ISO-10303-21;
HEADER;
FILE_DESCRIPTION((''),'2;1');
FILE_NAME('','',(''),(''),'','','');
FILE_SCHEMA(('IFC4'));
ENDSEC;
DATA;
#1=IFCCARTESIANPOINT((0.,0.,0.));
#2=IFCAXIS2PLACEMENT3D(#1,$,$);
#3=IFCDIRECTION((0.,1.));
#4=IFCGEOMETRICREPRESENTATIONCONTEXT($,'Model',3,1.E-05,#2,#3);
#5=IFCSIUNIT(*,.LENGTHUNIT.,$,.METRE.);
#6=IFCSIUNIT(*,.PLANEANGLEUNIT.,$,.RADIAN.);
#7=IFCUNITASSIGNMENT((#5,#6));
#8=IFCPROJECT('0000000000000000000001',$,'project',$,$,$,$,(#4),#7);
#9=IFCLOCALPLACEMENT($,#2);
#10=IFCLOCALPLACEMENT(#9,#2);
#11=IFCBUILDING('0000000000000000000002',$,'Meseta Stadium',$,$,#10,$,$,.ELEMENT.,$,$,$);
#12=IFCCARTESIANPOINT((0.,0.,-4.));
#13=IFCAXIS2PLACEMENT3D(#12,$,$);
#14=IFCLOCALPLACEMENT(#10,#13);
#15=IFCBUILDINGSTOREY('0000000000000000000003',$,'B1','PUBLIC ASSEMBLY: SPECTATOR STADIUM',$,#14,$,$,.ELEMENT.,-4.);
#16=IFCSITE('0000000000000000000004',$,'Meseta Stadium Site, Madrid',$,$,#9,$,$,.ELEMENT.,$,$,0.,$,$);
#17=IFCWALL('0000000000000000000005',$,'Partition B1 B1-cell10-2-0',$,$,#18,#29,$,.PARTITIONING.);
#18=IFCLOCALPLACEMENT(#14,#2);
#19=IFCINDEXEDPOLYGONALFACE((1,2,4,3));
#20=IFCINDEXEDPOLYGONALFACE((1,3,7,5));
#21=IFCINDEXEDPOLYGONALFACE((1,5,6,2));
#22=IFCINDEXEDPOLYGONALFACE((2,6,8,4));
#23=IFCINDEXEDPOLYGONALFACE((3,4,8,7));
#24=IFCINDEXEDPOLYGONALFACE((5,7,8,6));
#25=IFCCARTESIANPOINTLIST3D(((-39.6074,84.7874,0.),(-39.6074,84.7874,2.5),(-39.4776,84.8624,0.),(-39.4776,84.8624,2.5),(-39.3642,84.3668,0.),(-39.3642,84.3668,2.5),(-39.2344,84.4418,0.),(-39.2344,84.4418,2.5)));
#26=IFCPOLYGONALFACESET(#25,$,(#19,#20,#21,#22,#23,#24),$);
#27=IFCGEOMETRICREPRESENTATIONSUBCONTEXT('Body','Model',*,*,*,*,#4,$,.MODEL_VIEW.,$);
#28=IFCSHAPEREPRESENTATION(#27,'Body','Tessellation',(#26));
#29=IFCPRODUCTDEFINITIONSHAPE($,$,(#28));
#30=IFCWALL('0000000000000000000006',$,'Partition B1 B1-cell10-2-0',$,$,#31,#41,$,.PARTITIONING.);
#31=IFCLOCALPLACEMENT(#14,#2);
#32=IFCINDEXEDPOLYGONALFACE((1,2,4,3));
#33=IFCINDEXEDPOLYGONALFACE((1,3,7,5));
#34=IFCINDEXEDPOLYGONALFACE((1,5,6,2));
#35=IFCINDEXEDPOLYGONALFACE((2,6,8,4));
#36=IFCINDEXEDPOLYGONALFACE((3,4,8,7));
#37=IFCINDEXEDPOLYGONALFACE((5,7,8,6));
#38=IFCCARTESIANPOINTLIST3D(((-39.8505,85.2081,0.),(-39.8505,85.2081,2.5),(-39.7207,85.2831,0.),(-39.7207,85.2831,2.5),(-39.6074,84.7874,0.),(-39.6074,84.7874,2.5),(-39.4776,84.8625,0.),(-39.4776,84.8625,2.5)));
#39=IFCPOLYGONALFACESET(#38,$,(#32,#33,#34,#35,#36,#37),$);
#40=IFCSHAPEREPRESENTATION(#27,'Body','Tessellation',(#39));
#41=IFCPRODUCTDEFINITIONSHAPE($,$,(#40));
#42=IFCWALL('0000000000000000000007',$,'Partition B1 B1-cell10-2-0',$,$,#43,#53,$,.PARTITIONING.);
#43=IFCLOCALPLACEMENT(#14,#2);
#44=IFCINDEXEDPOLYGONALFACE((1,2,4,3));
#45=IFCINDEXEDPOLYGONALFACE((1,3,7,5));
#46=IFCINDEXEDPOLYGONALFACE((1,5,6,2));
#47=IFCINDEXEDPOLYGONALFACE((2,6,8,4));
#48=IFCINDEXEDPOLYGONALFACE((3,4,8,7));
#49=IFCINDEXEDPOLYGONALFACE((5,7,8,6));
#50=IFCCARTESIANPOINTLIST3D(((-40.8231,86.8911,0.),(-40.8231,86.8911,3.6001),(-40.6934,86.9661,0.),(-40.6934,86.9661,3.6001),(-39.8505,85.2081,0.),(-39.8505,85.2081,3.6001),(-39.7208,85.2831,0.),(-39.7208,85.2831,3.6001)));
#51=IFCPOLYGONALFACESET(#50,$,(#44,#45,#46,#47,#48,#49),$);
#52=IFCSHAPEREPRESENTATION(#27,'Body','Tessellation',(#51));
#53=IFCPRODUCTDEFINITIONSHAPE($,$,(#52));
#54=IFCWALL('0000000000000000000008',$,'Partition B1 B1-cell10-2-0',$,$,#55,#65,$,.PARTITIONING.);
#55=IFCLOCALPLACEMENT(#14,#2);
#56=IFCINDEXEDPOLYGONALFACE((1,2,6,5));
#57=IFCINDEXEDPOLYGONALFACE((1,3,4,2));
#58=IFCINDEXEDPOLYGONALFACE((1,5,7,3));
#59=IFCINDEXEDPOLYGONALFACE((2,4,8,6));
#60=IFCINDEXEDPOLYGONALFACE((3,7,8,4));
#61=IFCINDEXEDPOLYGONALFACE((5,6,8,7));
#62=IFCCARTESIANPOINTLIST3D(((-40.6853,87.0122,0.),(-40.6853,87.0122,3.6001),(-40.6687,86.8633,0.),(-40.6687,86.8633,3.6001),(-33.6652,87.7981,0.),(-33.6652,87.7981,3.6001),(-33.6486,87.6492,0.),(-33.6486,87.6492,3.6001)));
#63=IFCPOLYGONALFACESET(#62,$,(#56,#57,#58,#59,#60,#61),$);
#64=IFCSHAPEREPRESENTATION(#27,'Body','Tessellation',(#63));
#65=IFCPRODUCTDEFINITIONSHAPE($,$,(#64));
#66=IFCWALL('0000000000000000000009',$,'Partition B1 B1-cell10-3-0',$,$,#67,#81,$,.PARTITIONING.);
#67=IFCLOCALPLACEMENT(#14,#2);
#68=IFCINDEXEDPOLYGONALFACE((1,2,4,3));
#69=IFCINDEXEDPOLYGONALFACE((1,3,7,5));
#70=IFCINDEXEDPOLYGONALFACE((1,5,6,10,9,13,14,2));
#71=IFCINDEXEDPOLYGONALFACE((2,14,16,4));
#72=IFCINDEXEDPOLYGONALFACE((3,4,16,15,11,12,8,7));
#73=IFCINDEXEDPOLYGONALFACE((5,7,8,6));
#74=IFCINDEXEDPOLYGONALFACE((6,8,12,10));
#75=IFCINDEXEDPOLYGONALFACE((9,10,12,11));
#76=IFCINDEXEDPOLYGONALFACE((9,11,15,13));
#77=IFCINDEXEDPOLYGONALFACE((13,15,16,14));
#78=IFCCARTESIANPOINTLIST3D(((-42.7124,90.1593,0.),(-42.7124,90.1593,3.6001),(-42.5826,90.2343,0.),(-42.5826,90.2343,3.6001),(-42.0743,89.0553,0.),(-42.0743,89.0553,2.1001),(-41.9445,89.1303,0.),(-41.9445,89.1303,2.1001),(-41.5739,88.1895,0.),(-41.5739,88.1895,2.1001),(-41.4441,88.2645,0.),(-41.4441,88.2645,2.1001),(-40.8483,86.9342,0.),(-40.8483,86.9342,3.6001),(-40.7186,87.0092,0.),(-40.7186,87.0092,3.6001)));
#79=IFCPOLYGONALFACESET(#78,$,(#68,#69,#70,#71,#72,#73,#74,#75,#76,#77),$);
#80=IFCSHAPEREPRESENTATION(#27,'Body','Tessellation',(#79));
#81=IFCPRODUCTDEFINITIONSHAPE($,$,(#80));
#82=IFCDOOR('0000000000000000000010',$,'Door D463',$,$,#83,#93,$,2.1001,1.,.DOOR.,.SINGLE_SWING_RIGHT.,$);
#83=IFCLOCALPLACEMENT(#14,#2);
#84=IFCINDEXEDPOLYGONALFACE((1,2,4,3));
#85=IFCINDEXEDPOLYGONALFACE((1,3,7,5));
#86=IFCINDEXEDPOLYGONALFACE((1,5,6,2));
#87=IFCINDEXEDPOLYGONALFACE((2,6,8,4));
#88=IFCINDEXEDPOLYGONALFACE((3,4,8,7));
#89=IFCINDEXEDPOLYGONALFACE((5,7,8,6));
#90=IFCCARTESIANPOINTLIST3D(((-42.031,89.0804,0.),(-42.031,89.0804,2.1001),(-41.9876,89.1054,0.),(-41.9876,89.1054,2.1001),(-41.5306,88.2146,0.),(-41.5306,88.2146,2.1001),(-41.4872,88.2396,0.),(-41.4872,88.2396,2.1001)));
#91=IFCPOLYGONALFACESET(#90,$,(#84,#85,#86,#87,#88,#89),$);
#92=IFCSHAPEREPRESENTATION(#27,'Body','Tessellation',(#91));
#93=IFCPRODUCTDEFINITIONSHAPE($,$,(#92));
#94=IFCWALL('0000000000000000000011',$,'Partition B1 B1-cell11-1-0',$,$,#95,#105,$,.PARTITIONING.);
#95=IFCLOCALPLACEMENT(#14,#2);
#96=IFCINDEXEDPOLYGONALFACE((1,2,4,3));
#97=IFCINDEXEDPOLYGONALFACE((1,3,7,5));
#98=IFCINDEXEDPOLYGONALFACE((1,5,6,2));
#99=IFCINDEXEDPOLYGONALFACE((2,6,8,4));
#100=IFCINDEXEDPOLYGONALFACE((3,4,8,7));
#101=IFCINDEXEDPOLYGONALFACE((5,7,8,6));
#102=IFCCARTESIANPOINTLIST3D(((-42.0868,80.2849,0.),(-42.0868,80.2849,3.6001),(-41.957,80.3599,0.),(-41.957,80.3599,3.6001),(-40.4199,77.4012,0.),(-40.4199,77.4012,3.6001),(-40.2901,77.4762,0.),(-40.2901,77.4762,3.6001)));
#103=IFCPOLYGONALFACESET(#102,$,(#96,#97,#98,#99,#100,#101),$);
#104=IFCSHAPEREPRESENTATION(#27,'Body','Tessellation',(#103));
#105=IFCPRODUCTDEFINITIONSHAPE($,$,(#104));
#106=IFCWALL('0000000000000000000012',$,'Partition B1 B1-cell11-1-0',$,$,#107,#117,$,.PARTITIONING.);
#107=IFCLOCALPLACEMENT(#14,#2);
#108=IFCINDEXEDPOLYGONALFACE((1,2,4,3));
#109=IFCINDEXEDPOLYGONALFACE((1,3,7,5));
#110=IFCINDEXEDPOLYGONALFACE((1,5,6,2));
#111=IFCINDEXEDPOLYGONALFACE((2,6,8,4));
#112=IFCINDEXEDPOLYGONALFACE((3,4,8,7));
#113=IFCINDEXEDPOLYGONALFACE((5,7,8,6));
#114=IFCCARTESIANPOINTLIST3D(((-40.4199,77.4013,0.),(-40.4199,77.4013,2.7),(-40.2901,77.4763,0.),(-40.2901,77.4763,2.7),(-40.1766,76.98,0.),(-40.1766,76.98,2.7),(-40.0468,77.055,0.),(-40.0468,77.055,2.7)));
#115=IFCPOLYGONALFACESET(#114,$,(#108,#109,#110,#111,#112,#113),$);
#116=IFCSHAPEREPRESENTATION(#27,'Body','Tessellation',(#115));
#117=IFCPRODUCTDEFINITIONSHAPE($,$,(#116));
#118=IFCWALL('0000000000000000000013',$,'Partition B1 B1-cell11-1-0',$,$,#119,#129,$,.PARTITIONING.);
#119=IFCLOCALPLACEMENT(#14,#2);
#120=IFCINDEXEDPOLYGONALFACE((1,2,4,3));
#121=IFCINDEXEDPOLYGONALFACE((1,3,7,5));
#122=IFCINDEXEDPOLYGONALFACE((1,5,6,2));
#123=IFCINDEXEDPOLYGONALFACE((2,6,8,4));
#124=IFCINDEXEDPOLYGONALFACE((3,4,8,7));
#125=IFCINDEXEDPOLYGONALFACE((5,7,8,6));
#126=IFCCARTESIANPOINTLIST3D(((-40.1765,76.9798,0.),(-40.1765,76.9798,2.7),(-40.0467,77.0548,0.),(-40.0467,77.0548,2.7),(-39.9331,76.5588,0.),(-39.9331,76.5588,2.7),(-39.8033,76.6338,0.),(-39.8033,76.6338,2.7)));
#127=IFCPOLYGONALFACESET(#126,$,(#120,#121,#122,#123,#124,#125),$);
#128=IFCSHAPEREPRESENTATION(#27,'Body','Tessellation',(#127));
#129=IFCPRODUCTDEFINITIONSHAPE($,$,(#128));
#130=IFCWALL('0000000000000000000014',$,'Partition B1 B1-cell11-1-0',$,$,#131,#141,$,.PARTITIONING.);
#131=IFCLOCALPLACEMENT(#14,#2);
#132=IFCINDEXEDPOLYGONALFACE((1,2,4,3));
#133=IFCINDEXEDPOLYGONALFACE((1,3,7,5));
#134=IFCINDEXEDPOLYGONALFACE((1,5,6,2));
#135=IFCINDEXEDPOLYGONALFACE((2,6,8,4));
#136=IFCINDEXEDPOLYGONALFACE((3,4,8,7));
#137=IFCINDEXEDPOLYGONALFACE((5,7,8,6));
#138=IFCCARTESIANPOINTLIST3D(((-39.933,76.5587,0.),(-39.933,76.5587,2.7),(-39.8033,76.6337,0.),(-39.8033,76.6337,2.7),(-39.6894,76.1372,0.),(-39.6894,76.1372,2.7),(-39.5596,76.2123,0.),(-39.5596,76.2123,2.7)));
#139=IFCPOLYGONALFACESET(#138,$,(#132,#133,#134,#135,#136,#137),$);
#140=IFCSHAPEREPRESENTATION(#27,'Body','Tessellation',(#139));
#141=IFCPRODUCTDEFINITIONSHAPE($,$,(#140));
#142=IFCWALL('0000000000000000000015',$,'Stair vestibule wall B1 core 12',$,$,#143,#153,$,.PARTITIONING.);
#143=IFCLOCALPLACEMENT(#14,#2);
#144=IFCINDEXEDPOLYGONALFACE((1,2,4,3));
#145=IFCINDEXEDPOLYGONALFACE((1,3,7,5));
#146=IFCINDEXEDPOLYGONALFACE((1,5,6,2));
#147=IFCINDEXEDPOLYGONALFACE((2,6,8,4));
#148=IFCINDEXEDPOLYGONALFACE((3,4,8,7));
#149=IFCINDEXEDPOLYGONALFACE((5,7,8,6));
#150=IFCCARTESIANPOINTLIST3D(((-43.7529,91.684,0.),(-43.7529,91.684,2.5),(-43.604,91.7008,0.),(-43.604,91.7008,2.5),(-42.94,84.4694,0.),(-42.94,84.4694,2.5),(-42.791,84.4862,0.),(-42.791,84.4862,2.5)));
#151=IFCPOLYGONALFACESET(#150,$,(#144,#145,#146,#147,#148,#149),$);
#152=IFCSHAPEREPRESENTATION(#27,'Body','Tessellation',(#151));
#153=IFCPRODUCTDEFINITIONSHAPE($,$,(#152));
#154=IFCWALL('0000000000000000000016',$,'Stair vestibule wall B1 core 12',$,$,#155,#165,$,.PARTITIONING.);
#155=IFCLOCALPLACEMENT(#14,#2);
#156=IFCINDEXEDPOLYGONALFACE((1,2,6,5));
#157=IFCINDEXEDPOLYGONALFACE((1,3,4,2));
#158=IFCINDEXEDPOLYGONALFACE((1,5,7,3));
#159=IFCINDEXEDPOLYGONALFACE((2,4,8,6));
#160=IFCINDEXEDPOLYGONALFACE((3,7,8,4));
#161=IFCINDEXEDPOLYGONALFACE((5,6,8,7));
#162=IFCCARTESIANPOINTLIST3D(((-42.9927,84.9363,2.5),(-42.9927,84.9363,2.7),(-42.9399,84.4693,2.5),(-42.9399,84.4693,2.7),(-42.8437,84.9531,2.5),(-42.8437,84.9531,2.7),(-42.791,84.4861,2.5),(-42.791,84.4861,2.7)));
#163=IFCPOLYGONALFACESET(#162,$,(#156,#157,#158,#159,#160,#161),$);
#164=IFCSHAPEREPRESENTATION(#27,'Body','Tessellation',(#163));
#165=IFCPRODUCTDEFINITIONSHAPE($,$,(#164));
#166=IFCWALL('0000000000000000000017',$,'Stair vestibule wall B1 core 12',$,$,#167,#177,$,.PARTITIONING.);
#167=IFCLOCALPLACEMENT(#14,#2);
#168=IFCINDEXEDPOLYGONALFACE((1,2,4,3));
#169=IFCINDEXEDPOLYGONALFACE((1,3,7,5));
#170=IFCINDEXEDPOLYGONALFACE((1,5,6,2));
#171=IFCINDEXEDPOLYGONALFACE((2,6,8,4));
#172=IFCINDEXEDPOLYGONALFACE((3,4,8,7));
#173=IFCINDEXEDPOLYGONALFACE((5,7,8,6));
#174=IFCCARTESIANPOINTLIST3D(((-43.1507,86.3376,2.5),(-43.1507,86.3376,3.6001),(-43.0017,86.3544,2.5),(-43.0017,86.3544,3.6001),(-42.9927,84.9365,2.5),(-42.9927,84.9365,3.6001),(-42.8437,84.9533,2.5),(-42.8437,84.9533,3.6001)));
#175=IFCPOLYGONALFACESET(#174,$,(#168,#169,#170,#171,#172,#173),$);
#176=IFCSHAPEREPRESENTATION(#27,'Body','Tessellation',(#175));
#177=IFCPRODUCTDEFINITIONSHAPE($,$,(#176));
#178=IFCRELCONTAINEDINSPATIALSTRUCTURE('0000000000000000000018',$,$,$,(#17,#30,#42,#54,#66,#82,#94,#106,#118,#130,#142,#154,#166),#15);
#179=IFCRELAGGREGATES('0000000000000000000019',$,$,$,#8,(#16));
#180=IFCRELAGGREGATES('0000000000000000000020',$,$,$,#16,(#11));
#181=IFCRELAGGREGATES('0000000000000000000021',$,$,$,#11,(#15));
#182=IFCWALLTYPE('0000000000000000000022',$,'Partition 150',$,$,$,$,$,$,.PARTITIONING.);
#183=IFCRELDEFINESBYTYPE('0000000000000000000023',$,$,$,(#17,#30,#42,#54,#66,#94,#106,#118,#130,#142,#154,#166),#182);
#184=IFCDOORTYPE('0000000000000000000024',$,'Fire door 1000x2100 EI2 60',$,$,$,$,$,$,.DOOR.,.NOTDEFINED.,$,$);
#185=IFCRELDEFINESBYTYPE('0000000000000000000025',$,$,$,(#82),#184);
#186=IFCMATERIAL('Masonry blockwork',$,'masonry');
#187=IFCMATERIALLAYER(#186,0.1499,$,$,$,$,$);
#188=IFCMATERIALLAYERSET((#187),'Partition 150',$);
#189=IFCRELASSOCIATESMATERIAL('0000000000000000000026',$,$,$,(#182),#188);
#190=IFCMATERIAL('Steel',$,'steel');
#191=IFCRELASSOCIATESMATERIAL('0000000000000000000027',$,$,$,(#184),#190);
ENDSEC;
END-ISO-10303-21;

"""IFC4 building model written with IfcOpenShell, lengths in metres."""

from ifc_helpers import new_model, si_unit, direction, frame, frame_2d, origin, place, context, subcontext, project, spatial, rectangle, extrude, material, layer, layer_set, type_object, element, fill, save


model = new_model("IFC4")

# Units and contexts
model_context = context("Model", 3, precision=1e-05, world=origin(), true_north=direction((0.0, 1.0)))
body_context = subcontext(model_context, "Body", "Model", "MODEL_VIEW")
ifc_project = project(units=[si_unit("LENGTHUNIT", "METRE"), si_unit("PLANEANGLEUNIT", "RADIAN")], contexts=[model_context])

# Site, building, storey
site_placement = place(None, origin())
site = spatial("IfcSite", under=ifc_project, at=site_placement, Name="Meseta Stadium Site, Madrid", CompositionType="ELEMENT", RefElevation=0.0)
building_placement = place(site_placement, origin())
building = spatial("IfcBuilding", under=site, at=building_placement, Name="Meseta Stadium", CompositionType="ELEMENT")
storey_placement = place(building_placement, frame((0.0, 0.0, -4.0)))
storey = spatial("IfcBuildingStorey", under=building, at=storey_placement, Name="B1", Description="PUBLIC ASSEMBLY: SPECTATOR STADIUM", CompositionType="ELEMENT", Elevation=-4.0)

# Walls
ifc_material_1 = material(Name="Masonry blockwork", Category="masonry")
ifc_layer = layer(ifc_material_1, 0.1499)
ifc_layer_set = layer_set([ifc_layer], Name="Partition 150")
wall_type = type_object("IfcWallType", Name="Partition 150", PredefinedType="PARTITIONING", material=ifc_layer_set)
for number, where, z_axis, x_axis, name in (
    (1, (-39.2993, 84.4043, 0.0), (0.0, 0.0, 1.0), (-0.500462, 0.865759, 0.0), "Partition B1 B1-cell10-2-0"),
    (2, (-39.5425, 84.825, 0.0), (0.0, 0.0, 1.0), (-0.500462, 0.865759, 0.0), "Partition B1 B1-cell10-2-0"),
):
    element("IfcWall", number, at=place(storey_placement, frame(where, z_axis=z_axis, x_axis=x_axis)), inside=storey, type_object=wall_type, Name=name, PredefinedType="PARTITIONING", context=body_context, shape_type="SweptSolid", body=[
        extrude(rectangle(XDim=0.4858, YDim=0.1499, at=frame_2d((0.2429, 0.0))), origin(), (0.0, 0.0, 1.0), 2.5),
    ])
wall_1_placement = place(storey_placement, frame((-39.7856, 85.2456, 0.0), z_axis=(0.0, 0.0, 1.0), x_axis=(-0.500353, 0.865822, 0.0)))
element("IfcWall", 3, at=wall_1_placement, inside=storey, type_object=wall_type, Name="Partition B1 B1-cell10-2-0", PredefinedType="PARTITIONING", context=body_context, shape_type="SweptSolid", body=[
    extrude(rectangle(XDim=1.9438, YDim=0.1499, at=frame_2d((0.9719, 0.0))), origin(), (0.0, 0.0, 1.0), 3.6001),
])
wall_2_placement = place(storey_placement, frame((-40.677, 86.9377, 0.0), z_axis=(0.0, 0.0, 1.0), x_axis=(0.993792, 0.111255, 0.0)))
element("IfcWall", 4, at=wall_2_placement, inside=storey, type_object=wall_type, Name="Partition B1 B1-cell10-2-0", PredefinedType="PARTITIONING", context=body_context, shape_type="SweptSolid", body=[
    extrude(rectangle(XDim=7.064, YDim=0.1499, at=frame_2d((3.532, 0.0))), origin(), (0.0, 0.0, 1.0), 3.6001),
])

# Wall, opening, door
wall_3_placement = place(storey_placement, frame((-40.7834, 86.9717, 0.0), z_axis=(0.0, 0.0, 1.0), x_axis=(-0.500403, 0.865793, 0.0)))
wall_3 = element("IfcWall", 5, at=wall_3_placement, inside=storey, type_object=wall_type, Name="Partition B1 B1-cell10-3-0", PredefinedType="PARTITIONING", context=body_context, shape_type="SweptSolid", body=[
    extrude(rectangle(XDim=3.7251, YDim=0.1499, at=frame_2d((1.8625, 0.0))), origin(), (0.0, 0.0, 1.0), 3.6001),
])
opening_placement = place(wall_3_placement, frame((1.45, 0.0, 0.0)))
opening = element("IfcOpeningElement", 6, at=opening_placement, cuts=wall_3, PredefinedType="OPENING", context=body_context, shape_type="SweptSolid", body=[
    extrude(rectangle(XDim=1.0, YDim=2.1001, at=frame_2d((0.5, 1.05))), frame((0.0, 0.085, 0.0), z_axis=(0.0, -1.0, 0.0), x_axis=(1.0, 0.0, 0.0)), (0.0, 0.0, 1.0), 0.1699),
])
ifc_material_2 = material(Name="Steel", Category="steel")
door_type = type_object("IfcDoorType", Name="Fire door 1000x2100 EI2 60", OperationType="NOTDEFINED", PredefinedType="DOOR", material=ifc_material_2)
door_placement = place(opening_placement, origin())
door = element("IfcDoor", 7, at=door_placement, inside=storey, type_object=door_type, Name="Door D463", OperationType="SINGLE_SWING_RIGHT", OverallHeight=2.1001, OverallWidth=1.0, PredefinedType="DOOR", context=body_context, shape_type="SweptSolid", body=[
    extrude(rectangle(XDim=1.0, YDim=2.1001, at=frame_2d((0.5, 1.05))), frame((0.0, 0.0249, 0.0), z_axis=(0.0, -1.0, 0.0), x_axis=(1.0, 0.0, 0.0)), (0.0, 0.0, 1.0), 0.05),
])
fill(opening, door)

# Walls
wall_4_placement = place(storey_placement, frame((-42.022, 80.3225, 0.0), z_axis=(0.0, 0.0, 1.0), x_axis=(0.500458, -0.865761, 0.0)))
element("IfcWall", 8, at=wall_4_placement, inside=storey, type_object=wall_type, Name="Partition B1 B1-cell11-1-0", PredefinedType="PARTITIONING", context=body_context, shape_type="SweptSolid", body=[
    extrude(rectangle(XDim=3.3308, YDim=0.1499, at=frame_2d((1.6655, 0.0))), origin(), (0.0, 0.0, 1.0), 3.6001),
])
wall_5_placement = place(storey_placement, frame((-40.355, 77.4387, 0.0), z_axis=(0.0, 0.0, 1.0), x_axis=(0.500186, -0.865918, 0.0)))
element("IfcWall", 9, at=wall_5_placement, inside=storey, type_object=wall_type, Name="Partition B1 B1-cell11-1-0", PredefinedType="PARTITIONING", context=body_context, shape_type="SweptSolid", body=[
    extrude(rectangle(XDim=0.4866, YDim=0.1499, at=frame_2d((0.2432, 0.0))), origin(), (0.0, 0.0, 1.0), 2.7),
])
wall_6_placement = place(storey_placement, frame((-40.1116, 77.0173, 0.0), z_axis=(0.0, 0.0, 1.0), x_axis=(0.500403, -0.865793, 0.0)))
element("IfcWall", 10, at=wall_6_placement, inside=storey, type_object=wall_type, Name="Partition B1 B1-cell11-1-0", PredefinedType="PARTITIONING", context=body_context, shape_type="SweptSolid", body=[
    extrude(rectangle(XDim=0.4863, YDim=0.1499, at=frame_2d((0.2432, 0.0))), origin(), (0.0, 0.0, 1.0), 2.7),
])
wall_7_placement = place(storey_placement, frame((-39.8682, 76.5962, 0.0), z_axis=(0.0, 0.0, 1.0), x_axis=(0.500562, -0.865701, 0.0)))
element("IfcWall", 11, at=wall_7_placement, inside=storey, type_object=wall_type, Name="Partition B1 B1-cell11-1-0", PredefinedType="PARTITIONING", context=body_context, shape_type="SweptSolid", body=[
    extrude(rectangle(XDim=0.4868, YDim=0.1499, at=frame_2d((0.2434, 0.0))), origin(), (0.0, 0.0, 1.0), 2.7),
])
wall_8_placement = place(storey_placement, frame((-42.8655, 84.4778, 0.0), z_axis=(0.0, 0.0, 1.0), x_axis=(-0.111978, 0.993711, 0.0)))
element("IfcWall", 12, at=wall_8_placement, inside=storey, type_object=wall_type, Name="Stair vestibule wall B1 core 12", PredefinedType="PARTITIONING", context=body_context, shape_type="SweptSolid", body=[
    extrude(rectangle(XDim=7.2603, YDim=0.1499, at=frame_2d((3.6301, 0.0))), origin(), (0.0, 0.0, 1.0), 2.5),
])
wall_9_placement = place(storey_placement, frame((-42.8655, 84.4778, 2.5), z_axis=(0.0, 0.0, 1.0), x_axis=(-0.112199, 0.993686, 0.0)))
element("IfcWall", 13, at=wall_9_placement, inside=storey, type_object=wall_type, Name="Stair vestibule wall B1 core 12", PredefinedType="PARTITIONING", context=body_context, shape_type="SweptSolid", body=[
    extrude(rectangle(XDim=0.47, YDim=0.1499, at=frame_2d((0.2349, 0.0))), origin(), (0.0, 0.0, 1.0), 0.2),
])
wall_10_placement = place(storey_placement, frame((-42.9182, 84.9448, 2.5), z_axis=(0.0, 0.0, 1.0), x_axis=(-0.112028, 0.993705, 0.0)))
element("IfcWall", 14, at=wall_10_placement, inside=storey, type_object=wall_type, Name="Stair vestibule wall B1 core 12", PredefinedType="PARTITIONING", context=body_context, shape_type="SweptSolid", body=[
    extrude(rectangle(XDim=1.4099, YDim=0.1499, at=frame_2d((0.7051, 0.0))), origin(), (0.0, 0.0, 1.0), 1.1001),
])

save(model, "model.ifc")
